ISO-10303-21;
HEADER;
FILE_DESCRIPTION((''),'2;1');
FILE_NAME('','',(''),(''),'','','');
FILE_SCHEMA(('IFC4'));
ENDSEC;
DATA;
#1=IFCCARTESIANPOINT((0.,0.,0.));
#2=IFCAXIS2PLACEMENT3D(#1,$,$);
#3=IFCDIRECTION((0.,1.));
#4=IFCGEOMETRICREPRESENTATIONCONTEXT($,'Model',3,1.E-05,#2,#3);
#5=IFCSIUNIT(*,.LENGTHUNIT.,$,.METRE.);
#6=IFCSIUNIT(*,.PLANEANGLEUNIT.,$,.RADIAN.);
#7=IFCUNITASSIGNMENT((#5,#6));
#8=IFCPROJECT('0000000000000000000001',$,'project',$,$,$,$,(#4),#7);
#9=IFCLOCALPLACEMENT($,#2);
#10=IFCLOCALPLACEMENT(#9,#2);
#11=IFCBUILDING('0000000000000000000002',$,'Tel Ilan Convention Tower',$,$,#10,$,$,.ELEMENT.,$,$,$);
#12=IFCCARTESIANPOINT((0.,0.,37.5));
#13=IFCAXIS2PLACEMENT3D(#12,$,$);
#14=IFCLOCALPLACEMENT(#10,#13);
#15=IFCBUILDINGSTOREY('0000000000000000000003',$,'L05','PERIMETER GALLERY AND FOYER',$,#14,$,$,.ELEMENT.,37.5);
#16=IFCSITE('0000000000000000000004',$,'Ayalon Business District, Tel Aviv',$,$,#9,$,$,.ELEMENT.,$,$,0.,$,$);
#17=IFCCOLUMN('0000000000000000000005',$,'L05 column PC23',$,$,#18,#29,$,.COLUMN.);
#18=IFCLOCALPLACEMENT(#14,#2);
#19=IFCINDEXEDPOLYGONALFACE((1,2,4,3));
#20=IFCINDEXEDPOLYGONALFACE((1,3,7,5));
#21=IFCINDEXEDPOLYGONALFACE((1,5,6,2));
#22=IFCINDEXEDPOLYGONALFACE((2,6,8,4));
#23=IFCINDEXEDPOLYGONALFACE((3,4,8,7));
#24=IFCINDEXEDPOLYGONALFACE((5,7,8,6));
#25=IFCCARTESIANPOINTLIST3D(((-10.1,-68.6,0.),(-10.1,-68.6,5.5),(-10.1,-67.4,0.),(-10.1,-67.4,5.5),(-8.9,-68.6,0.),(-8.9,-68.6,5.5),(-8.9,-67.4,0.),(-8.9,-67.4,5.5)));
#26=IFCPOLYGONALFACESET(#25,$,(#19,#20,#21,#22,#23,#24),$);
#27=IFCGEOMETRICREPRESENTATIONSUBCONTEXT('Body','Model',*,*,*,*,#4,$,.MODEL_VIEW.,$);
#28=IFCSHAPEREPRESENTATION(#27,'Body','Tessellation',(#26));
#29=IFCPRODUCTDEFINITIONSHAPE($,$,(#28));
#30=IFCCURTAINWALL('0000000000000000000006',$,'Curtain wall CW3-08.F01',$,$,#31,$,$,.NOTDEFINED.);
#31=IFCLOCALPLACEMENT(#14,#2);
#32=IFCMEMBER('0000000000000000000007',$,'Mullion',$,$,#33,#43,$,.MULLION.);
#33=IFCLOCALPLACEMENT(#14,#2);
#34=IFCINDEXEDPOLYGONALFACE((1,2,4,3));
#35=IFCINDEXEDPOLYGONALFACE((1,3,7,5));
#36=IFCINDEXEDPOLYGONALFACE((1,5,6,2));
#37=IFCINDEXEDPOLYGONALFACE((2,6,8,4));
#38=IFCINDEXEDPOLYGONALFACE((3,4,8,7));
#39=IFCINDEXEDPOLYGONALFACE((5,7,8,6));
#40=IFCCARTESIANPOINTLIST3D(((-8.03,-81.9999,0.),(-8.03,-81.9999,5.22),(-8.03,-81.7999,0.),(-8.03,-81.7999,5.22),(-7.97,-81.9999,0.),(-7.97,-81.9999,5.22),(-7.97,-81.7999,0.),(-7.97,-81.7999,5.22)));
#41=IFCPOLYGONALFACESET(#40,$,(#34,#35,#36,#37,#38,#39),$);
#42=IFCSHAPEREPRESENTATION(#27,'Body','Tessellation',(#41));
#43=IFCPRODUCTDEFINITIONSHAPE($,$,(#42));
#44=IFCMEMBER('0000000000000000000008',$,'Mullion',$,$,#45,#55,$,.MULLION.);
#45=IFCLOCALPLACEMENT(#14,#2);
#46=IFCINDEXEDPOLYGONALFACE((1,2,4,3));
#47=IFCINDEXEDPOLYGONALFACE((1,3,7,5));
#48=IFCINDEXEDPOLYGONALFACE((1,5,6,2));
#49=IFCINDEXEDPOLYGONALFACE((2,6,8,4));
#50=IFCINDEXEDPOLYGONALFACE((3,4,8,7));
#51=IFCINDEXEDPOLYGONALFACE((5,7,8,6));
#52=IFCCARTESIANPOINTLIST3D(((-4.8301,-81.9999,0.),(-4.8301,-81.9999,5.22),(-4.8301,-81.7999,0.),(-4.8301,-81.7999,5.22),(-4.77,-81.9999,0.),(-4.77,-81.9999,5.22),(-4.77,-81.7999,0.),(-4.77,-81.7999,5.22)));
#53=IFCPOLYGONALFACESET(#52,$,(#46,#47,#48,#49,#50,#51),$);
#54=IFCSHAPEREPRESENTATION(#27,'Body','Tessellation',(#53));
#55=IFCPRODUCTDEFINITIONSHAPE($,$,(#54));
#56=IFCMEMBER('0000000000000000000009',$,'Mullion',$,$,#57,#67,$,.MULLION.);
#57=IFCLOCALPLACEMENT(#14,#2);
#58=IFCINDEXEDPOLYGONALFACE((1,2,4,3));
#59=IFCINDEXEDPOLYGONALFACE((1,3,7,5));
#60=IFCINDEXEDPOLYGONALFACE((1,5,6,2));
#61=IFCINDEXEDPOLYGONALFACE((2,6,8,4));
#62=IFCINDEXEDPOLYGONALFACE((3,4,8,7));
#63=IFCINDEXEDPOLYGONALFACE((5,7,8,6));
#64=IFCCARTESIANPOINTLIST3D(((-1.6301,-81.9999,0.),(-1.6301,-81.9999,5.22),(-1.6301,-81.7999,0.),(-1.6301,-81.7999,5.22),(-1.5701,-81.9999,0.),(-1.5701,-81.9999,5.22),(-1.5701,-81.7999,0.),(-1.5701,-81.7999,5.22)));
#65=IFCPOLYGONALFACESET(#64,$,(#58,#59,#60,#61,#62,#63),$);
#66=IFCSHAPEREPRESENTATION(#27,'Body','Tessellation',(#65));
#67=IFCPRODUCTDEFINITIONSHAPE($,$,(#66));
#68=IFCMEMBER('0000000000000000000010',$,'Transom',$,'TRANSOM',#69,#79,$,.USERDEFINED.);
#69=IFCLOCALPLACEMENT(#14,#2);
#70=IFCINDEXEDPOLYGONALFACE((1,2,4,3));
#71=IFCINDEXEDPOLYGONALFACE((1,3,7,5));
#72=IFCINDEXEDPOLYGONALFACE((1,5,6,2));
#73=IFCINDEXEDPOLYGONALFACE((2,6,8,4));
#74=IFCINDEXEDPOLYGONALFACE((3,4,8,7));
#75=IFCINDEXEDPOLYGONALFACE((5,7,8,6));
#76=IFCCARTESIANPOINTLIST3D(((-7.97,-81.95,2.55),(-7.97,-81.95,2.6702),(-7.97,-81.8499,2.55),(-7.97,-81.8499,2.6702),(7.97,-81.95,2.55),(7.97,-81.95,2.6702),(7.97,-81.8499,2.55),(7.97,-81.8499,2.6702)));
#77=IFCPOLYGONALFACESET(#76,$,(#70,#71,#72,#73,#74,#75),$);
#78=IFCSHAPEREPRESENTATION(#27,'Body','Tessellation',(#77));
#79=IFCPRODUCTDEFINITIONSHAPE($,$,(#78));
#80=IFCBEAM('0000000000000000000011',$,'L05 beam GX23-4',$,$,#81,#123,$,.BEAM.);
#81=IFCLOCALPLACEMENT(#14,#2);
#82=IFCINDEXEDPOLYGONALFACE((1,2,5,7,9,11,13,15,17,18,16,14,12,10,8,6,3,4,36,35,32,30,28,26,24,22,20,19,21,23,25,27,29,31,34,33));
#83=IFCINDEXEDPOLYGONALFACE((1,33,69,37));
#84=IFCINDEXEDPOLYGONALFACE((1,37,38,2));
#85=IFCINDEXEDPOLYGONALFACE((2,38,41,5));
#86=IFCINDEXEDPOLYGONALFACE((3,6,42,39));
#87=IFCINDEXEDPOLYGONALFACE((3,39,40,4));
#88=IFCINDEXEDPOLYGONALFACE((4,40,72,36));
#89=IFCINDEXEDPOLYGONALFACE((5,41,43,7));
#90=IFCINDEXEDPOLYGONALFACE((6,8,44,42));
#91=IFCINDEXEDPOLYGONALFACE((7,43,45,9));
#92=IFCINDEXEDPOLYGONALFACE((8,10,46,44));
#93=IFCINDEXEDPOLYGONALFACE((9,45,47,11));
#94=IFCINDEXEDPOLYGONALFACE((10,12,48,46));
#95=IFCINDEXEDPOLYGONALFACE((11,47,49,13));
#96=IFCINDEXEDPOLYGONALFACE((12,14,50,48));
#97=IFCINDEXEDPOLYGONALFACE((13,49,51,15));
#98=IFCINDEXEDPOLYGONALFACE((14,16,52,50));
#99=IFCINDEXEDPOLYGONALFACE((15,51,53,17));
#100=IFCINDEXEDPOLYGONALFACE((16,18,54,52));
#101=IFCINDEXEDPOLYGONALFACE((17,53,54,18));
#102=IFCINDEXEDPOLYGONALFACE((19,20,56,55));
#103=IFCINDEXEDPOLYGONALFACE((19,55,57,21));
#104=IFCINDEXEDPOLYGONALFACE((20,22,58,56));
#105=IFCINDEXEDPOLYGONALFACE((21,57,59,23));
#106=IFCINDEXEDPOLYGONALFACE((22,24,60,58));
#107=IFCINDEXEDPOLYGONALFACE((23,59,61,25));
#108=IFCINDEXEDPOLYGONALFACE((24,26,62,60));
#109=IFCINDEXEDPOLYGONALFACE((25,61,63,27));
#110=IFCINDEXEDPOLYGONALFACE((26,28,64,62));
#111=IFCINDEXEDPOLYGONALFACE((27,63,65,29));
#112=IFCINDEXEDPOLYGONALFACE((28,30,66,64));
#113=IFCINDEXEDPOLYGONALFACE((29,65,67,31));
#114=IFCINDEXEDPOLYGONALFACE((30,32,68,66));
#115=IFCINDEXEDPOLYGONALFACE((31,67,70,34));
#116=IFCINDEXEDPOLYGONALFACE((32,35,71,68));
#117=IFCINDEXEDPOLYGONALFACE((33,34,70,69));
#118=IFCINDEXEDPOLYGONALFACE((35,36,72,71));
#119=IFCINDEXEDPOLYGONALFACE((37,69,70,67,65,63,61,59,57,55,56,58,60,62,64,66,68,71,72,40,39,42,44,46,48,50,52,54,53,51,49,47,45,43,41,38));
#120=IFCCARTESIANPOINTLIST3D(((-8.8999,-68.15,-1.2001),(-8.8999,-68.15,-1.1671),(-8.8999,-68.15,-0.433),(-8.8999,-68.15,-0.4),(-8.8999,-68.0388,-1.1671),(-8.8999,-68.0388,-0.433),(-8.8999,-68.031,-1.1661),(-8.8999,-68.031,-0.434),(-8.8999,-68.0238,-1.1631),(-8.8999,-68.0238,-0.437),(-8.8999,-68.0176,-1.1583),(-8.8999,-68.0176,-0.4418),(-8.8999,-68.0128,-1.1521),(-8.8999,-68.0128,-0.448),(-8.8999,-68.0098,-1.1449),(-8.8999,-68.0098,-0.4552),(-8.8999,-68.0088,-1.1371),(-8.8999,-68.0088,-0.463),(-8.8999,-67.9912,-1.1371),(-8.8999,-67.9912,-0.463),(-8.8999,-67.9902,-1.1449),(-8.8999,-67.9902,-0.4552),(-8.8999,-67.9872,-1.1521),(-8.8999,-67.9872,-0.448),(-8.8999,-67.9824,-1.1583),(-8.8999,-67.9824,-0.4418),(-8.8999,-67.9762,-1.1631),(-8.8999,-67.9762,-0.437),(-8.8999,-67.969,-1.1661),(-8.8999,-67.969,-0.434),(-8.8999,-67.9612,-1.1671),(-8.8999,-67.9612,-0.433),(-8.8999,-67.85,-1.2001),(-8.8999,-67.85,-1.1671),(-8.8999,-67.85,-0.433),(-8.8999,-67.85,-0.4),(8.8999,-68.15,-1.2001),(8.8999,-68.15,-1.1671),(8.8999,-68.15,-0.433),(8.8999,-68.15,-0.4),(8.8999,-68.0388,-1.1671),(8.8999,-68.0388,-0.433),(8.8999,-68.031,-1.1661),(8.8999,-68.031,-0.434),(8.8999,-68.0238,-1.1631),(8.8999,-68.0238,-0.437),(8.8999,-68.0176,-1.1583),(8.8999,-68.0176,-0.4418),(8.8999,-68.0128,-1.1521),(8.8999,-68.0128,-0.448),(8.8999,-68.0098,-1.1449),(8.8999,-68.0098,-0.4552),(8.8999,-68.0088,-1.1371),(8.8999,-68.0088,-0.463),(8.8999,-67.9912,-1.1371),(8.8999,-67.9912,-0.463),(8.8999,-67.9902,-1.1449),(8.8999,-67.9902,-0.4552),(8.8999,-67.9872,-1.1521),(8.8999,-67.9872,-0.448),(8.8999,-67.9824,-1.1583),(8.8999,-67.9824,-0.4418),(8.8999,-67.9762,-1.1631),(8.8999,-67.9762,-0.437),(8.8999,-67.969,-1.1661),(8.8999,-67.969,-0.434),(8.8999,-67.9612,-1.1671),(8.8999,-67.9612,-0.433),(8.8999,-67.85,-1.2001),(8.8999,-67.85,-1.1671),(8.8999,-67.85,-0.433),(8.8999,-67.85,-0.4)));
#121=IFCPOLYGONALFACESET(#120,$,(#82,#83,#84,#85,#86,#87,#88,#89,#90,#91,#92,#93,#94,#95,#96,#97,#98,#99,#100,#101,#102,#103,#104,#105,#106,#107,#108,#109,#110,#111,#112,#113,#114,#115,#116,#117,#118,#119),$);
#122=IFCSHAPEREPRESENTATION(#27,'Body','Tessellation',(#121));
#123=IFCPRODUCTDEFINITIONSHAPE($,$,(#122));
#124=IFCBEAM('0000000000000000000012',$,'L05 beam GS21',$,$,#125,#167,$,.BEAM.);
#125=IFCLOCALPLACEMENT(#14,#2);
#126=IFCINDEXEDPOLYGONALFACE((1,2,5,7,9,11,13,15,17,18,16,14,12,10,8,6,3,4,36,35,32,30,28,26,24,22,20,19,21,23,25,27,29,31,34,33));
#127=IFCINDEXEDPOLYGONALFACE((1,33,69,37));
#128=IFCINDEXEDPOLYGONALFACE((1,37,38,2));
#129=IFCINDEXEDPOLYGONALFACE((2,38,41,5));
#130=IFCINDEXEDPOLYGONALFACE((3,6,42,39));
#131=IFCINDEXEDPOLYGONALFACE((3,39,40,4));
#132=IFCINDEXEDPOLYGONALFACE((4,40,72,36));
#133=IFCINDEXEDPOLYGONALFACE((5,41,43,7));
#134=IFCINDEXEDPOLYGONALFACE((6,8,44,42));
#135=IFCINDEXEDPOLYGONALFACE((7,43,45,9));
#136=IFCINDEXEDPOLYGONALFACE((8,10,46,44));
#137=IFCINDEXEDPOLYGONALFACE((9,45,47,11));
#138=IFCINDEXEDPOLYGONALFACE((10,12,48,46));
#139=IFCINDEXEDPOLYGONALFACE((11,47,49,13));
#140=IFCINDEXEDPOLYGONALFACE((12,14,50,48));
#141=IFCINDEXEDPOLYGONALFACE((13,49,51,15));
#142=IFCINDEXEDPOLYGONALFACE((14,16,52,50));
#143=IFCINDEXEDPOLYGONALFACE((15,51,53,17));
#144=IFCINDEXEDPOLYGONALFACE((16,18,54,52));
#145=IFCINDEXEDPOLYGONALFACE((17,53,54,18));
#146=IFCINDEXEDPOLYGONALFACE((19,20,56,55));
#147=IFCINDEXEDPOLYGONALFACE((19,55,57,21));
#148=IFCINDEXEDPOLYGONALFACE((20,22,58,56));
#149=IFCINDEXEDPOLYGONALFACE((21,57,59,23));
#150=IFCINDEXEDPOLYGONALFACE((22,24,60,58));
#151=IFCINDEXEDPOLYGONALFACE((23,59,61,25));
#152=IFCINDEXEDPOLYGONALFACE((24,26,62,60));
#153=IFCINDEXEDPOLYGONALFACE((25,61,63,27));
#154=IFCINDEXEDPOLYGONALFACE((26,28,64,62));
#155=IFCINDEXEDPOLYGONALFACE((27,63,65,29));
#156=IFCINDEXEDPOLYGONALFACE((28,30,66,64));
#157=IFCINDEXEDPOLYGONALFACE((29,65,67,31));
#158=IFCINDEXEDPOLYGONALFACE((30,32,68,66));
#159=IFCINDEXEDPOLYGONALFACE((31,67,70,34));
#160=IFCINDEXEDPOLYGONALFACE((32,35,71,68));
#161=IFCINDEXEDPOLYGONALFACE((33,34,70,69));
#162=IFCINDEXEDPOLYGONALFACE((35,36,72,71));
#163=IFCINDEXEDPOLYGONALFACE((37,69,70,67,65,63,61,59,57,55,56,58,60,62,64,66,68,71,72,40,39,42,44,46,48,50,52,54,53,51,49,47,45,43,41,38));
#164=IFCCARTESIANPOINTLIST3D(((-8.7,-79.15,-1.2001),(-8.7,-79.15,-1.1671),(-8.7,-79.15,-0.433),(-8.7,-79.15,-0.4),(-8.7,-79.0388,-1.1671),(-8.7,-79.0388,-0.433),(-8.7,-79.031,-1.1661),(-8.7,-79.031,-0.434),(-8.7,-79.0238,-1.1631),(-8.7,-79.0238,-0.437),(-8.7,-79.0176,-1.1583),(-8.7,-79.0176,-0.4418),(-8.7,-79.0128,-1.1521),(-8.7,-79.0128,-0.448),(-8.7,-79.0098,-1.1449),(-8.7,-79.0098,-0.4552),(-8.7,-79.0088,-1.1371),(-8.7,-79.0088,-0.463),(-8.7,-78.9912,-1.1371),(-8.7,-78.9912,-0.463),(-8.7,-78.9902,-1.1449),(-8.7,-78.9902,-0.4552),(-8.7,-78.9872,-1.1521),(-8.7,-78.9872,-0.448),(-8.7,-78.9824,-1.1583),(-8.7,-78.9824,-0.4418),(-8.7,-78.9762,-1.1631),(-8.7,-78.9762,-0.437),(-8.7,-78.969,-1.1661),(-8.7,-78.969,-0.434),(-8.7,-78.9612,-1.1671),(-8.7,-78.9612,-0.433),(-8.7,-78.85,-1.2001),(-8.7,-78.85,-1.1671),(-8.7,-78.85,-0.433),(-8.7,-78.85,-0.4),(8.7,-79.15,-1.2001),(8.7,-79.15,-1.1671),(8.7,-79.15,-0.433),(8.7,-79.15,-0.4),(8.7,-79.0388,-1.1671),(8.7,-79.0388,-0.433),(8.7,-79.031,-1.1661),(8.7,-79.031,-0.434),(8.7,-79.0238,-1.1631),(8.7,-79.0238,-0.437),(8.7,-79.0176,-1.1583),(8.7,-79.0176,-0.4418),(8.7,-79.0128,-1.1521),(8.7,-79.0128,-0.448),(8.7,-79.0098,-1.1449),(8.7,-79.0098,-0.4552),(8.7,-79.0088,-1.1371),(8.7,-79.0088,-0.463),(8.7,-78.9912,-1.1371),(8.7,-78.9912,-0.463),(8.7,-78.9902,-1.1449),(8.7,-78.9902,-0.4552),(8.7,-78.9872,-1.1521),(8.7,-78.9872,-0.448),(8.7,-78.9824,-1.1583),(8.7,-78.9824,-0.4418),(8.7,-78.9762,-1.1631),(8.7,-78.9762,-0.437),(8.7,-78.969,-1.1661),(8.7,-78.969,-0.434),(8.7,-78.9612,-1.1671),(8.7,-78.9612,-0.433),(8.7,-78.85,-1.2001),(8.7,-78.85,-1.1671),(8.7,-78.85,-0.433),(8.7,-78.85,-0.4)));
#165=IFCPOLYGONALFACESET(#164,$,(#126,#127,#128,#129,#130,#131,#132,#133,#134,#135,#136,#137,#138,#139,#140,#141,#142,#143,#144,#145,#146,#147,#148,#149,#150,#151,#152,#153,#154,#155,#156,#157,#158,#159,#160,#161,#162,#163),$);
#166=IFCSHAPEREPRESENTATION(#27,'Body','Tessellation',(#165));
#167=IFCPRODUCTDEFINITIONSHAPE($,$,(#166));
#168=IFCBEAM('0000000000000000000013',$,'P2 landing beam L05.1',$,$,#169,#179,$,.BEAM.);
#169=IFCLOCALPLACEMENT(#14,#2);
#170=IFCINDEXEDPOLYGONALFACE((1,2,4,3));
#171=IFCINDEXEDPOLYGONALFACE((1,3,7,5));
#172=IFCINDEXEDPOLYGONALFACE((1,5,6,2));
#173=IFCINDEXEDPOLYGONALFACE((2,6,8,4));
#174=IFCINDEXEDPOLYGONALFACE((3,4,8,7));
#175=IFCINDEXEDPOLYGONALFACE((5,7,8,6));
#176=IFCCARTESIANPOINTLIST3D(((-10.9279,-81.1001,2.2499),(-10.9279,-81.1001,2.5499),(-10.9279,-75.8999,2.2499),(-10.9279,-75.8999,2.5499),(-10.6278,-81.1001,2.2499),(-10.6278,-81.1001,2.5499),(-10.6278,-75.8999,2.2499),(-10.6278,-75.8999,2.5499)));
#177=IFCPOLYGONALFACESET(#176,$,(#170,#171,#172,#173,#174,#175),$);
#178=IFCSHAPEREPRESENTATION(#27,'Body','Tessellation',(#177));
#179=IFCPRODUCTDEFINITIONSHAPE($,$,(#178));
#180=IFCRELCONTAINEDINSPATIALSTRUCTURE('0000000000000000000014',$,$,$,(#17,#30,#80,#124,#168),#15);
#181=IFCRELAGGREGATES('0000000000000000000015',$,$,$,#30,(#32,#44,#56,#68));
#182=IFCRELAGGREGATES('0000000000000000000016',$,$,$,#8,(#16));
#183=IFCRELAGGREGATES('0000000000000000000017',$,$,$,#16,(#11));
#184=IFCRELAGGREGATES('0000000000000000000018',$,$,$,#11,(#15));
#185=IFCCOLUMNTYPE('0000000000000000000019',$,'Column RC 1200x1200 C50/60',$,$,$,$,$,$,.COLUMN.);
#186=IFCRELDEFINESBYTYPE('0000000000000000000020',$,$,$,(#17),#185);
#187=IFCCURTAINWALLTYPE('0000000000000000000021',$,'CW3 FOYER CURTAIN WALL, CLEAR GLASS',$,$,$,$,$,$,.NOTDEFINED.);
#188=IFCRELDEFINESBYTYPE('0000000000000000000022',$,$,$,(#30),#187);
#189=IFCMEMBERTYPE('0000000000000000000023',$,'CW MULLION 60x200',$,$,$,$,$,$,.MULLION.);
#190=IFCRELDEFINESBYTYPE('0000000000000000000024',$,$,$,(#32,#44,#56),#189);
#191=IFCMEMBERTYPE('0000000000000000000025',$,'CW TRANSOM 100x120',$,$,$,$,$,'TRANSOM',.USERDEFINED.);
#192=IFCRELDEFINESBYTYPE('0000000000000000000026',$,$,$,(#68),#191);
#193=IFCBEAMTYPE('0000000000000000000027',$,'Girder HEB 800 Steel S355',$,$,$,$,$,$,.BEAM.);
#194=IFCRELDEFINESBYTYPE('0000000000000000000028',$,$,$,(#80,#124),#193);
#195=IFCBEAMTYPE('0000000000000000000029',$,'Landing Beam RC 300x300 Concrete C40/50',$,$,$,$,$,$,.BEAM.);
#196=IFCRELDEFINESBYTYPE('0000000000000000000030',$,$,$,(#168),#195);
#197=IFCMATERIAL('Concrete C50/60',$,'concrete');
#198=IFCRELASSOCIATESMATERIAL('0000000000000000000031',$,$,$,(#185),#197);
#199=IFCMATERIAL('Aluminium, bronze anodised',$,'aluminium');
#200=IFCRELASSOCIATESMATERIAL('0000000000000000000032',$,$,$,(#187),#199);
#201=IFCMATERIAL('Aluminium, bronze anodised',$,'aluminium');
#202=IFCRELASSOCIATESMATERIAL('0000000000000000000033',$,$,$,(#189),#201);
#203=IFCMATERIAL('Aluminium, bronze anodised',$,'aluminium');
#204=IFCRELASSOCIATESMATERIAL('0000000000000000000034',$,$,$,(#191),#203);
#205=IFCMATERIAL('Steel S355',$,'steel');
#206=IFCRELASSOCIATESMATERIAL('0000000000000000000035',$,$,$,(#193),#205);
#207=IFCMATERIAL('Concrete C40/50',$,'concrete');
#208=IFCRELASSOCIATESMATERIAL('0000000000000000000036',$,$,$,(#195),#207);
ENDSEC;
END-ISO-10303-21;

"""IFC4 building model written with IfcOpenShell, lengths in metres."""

from ifc_helpers import new_model, si_unit, direction, frame, origin, origin_2d, place, context, subcontext, project, spatial, rectangle, i_section, extrude, material, material_profile, profile_set, type_object, element, aggregate, save


model = new_model("IFC4")

# Units and contexts
model_context = context("Model", 3, precision=1e-05, world=origin(), true_north=direction((0.0, 1.0)))
body_context = subcontext(model_context, "Body", "Model", "MODEL_VIEW")
ifc_project = project(units=[si_unit("LENGTHUNIT", "METRE"), si_unit("PLANEANGLEUNIT", "RADIAN")], contexts=[model_context])

# Site, building, storey
site_placement = place(None, origin())
site = spatial("IfcSite", under=ifc_project, at=site_placement, Name="Ayalon Business District, Tel Aviv", CompositionType="ELEMENT", RefElevation=0.0)
building_placement = place(site_placement, origin())
building = spatial("IfcBuilding", under=site, at=building_placement, Name="Tel Ilan Convention Tower", CompositionType="ELEMENT")
storey_placement = place(building_placement, frame((0.0, 0.0, 37.5)))
storey = spatial("IfcBuildingStorey", under=building, at=storey_placement, Name="L05", Description="PERIMETER GALLERY AND FOYER", CompositionType="ELEMENT", Elevation=37.5)

# Column
ifc_material_1 = material(Name="Concrete C50/60", Category="concrete")
ifc_material_profile_1 = material_profile(ifc_material_1, rectangle(XDim=1.2, YDim=1.2, at=origin_2d()), Name="RC 1200x1200")
ifc_profile_set_1 = profile_set([ifc_material_profile_1], Name="Concrete C50/60")
column_type = type_object("IfcColumnType", Name="Column RC 1200x1200 C50/60", PredefinedType="COLUMN", material=ifc_profile_set_1)
column_placement = place(storey_placement, frame((-9.5, -68.0, 0.0), z_axis=(0.0, 0.0, 1.0), x_axis=(1.0, 0.0, 0.0)))
element("IfcColumn", 1, at=column_placement, inside=storey, type_object=column_type, Name="L05 column PC23", PredefinedType="COLUMN", context=body_context, shape_type="SweptSolid", body=[
    extrude(rectangle(XDim=1.2, YDim=1.2, at=origin_2d()), origin(), (0.0, 0.0, 1.0), 5.5),
])

# Curtain wall, members
ifc_material_2 = material(Name="Aluminium, bronze anodised", Category="aluminium")
curtain_wall_type = type_object("IfcCurtainWallType", Name="CW3 FOYER CURTAIN WALL, CLEAR GLASS", PredefinedType="NOTDEFINED", material=ifc_material_2)
curtain_wall_placement = place(storey_placement, origin())
curtain_wall = element("IfcCurtainWall", 2, at=curtain_wall_placement, inside=storey, type_object=curtain_wall_type, Name="Curtain wall CW3-08.F01", PredefinedType="NOTDEFINED")
ifc_material_3 = material(Name="Aluminium, bronze anodised", Category="aluminium")
ifc_material_profile_2 = material_profile(ifc_material_3, rectangle(XDim=0.0601, YDim=0.2, at=origin_2d()), Name="CW MULLION 60x200")
ifc_profile_set_2 = profile_set([ifc_material_profile_2], Name="Aluminium, bronze anodised")
member_type_1 = type_object("IfcMemberType", Name="CW MULLION 60x200", PredefinedType="MULLION", material=ifc_profile_set_2)
member_1_placement = place(storey_placement, frame((-8.0, -81.8999, 0.0), z_axis=(0.0, 0.0, 1.0), x_axis=(1.0, 0.0, 0.0)))
member_1 = element("IfcMember", 3, at=member_1_placement, type_object=member_type_1, Name="Mullion", PredefinedType="MULLION", context=body_context, shape_type="SweptSolid", body=[
    extrude(rectangle(XDim=0.0601, YDim=0.2, at=origin_2d()), origin(), (0.0, 0.0, 1.0), 5.22),
])
member_2_placement = place(storey_placement, frame((-4.8, -81.8999, 0.0), z_axis=(0.0, 0.0, 1.0), x_axis=(1.0, 0.0, 0.0)))
member_2 = element("IfcMember", 4, at=member_2_placement, type_object=member_type_1, Name="Mullion", PredefinedType="MULLION", context=body_context, shape_type="SweptSolid", body=[
    extrude(rectangle(XDim=0.0601, YDim=0.2, at=origin_2d()), origin(), (0.0, 0.0, 1.0), 5.22),
])
member_3_placement = place(storey_placement, frame((-1.6001, -81.8999, 0.0), z_axis=(0.0, 0.0, 1.0), x_axis=(1.0, 0.0, 0.0)))
member_3 = element("IfcMember", 5, at=member_3_placement, type_object=member_type_1, Name="Mullion", PredefinedType="MULLION", context=body_context, shape_type="SweptSolid", body=[
    extrude(rectangle(XDim=0.0601, YDim=0.2, at=origin_2d()), origin(), (0.0, 0.0, 1.0), 5.22),
])
ifc_material_4 = material(Name="Aluminium, bronze anodised", Category="aluminium")
ifc_material_profile_3 = material_profile(ifc_material_4, rectangle(XDim=0.1001, YDim=0.1201, at=origin_2d()), Name="CW TRANSOM 100x120")
ifc_profile_set_3 = profile_set([ifc_material_profile_3], Name="Aluminium, bronze anodised")
member_type_2 = type_object("IfcMemberType", Name="CW TRANSOM 100x120", ElementType="TRANSOM", PredefinedType="USERDEFINED", material=ifc_profile_set_3)
member_4_placement = place(storey_placement, frame((-7.97, -81.8999, 2.6101), z_axis=(1.0, 0.0, 0.0), x_axis=(0.0, 1.0, 0.0)))
member_4 = element("IfcMember", 6, at=member_4_placement, type_object=member_type_2, Name="Transom", ObjectType="TRANSOM", PredefinedType="USERDEFINED", context=body_context, shape_type="SweptSolid", body=[
    extrude(rectangle(XDim=0.1001, YDim=0.1201, at=origin_2d()), origin(), (0.0, 0.0, 1.0), 15.9399),
])

# Beams
ifc_material_5 = material(Name="Steel S355", Category="steel")
ifc_material_profile_4 = material_profile(ifc_material_5, i_section(OverallWidth=0.3, OverallDepth=0.8, WebThickness=0.0176, FlangeThickness=0.033, FilletRadius=0.03, at=origin_2d()), Name="HEB 800")
ifc_profile_set_4 = profile_set([ifc_material_profile_4], Name="Steel S355")
beam_type_1 = type_object("IfcBeamType", Name="Girder HEB 800 Steel S355", PredefinedType="BEAM", material=ifc_profile_set_4)
beam_1_placement = place(storey_placement, frame((-8.8999, -68.0, -0.8), z_axis=(1.0, 0.0, 0.0), x_axis=(0.0, 1.0, 0.0)))
element("IfcBeam", 7, at=beam_1_placement, inside=storey, type_object=beam_type_1, Name="L05 beam GX23-4", PredefinedType="BEAM", context=body_context, shape_type="SweptSolid", body=[
    extrude(i_section(OverallWidth=0.3, OverallDepth=0.8, WebThickness=0.0176, FlangeThickness=0.033, FilletRadius=0.03, at=origin_2d()), origin(), (0.0, 0.0, 1.0), 17.7998),
])
beam_2_placement = place(storey_placement, frame((-8.7, -79.0, -0.8), z_axis=(1.0, 0.0, 0.0), x_axis=(0.0, 1.0, 0.0)))
element("IfcBeam", 8, at=beam_2_placement, inside=storey, type_object=beam_type_1, Name="L05 beam GS21", PredefinedType="BEAM", context=body_context, shape_type="SweptSolid", body=[
    extrude(i_section(OverallWidth=0.3, OverallDepth=0.8, WebThickness=0.0176, FlangeThickness=0.033, FilletRadius=0.03, at=origin_2d()), origin(), (0.0, 0.0, 1.0), 17.3999),
])
ifc_material_6 = material(Name="Concrete C40/50", Category="concrete")
ifc_material_profile_5 = material_profile(ifc_material_6, rectangle(XDim=0.3, YDim=0.3, at=origin_2d()), Name="RC 300x300")
ifc_profile_set_5 = profile_set([ifc_material_profile_5], Name="Concrete C40/50")
beam_type_2 = type_object("IfcBeamType", Name="Landing Beam RC 300x300 Concrete C40/50", PredefinedType="BEAM", material=ifc_profile_set_5)
beam_3_placement = place(storey_placement, frame((-10.7778, -81.1001, 2.3999), z_axis=(0.0, 1.0, 0.0), x_axis=(-1.0, 0.0, 0.0)))
element("IfcBeam", 9, at=beam_3_placement, inside=storey, type_object=beam_type_2, Name="P2 landing beam L05.1", PredefinedType="BEAM", context=body_context, shape_type="SweptSolid", body=[
    extrude(rectangle(XDim=0.3, YDim=0.3, at=origin_2d()), origin(), (0.0, 0.0, 1.0), 5.2002),
])

aggregate(curtain_wall, [member_1, member_2, member_3, member_4])

save(model, "model.ifc")
